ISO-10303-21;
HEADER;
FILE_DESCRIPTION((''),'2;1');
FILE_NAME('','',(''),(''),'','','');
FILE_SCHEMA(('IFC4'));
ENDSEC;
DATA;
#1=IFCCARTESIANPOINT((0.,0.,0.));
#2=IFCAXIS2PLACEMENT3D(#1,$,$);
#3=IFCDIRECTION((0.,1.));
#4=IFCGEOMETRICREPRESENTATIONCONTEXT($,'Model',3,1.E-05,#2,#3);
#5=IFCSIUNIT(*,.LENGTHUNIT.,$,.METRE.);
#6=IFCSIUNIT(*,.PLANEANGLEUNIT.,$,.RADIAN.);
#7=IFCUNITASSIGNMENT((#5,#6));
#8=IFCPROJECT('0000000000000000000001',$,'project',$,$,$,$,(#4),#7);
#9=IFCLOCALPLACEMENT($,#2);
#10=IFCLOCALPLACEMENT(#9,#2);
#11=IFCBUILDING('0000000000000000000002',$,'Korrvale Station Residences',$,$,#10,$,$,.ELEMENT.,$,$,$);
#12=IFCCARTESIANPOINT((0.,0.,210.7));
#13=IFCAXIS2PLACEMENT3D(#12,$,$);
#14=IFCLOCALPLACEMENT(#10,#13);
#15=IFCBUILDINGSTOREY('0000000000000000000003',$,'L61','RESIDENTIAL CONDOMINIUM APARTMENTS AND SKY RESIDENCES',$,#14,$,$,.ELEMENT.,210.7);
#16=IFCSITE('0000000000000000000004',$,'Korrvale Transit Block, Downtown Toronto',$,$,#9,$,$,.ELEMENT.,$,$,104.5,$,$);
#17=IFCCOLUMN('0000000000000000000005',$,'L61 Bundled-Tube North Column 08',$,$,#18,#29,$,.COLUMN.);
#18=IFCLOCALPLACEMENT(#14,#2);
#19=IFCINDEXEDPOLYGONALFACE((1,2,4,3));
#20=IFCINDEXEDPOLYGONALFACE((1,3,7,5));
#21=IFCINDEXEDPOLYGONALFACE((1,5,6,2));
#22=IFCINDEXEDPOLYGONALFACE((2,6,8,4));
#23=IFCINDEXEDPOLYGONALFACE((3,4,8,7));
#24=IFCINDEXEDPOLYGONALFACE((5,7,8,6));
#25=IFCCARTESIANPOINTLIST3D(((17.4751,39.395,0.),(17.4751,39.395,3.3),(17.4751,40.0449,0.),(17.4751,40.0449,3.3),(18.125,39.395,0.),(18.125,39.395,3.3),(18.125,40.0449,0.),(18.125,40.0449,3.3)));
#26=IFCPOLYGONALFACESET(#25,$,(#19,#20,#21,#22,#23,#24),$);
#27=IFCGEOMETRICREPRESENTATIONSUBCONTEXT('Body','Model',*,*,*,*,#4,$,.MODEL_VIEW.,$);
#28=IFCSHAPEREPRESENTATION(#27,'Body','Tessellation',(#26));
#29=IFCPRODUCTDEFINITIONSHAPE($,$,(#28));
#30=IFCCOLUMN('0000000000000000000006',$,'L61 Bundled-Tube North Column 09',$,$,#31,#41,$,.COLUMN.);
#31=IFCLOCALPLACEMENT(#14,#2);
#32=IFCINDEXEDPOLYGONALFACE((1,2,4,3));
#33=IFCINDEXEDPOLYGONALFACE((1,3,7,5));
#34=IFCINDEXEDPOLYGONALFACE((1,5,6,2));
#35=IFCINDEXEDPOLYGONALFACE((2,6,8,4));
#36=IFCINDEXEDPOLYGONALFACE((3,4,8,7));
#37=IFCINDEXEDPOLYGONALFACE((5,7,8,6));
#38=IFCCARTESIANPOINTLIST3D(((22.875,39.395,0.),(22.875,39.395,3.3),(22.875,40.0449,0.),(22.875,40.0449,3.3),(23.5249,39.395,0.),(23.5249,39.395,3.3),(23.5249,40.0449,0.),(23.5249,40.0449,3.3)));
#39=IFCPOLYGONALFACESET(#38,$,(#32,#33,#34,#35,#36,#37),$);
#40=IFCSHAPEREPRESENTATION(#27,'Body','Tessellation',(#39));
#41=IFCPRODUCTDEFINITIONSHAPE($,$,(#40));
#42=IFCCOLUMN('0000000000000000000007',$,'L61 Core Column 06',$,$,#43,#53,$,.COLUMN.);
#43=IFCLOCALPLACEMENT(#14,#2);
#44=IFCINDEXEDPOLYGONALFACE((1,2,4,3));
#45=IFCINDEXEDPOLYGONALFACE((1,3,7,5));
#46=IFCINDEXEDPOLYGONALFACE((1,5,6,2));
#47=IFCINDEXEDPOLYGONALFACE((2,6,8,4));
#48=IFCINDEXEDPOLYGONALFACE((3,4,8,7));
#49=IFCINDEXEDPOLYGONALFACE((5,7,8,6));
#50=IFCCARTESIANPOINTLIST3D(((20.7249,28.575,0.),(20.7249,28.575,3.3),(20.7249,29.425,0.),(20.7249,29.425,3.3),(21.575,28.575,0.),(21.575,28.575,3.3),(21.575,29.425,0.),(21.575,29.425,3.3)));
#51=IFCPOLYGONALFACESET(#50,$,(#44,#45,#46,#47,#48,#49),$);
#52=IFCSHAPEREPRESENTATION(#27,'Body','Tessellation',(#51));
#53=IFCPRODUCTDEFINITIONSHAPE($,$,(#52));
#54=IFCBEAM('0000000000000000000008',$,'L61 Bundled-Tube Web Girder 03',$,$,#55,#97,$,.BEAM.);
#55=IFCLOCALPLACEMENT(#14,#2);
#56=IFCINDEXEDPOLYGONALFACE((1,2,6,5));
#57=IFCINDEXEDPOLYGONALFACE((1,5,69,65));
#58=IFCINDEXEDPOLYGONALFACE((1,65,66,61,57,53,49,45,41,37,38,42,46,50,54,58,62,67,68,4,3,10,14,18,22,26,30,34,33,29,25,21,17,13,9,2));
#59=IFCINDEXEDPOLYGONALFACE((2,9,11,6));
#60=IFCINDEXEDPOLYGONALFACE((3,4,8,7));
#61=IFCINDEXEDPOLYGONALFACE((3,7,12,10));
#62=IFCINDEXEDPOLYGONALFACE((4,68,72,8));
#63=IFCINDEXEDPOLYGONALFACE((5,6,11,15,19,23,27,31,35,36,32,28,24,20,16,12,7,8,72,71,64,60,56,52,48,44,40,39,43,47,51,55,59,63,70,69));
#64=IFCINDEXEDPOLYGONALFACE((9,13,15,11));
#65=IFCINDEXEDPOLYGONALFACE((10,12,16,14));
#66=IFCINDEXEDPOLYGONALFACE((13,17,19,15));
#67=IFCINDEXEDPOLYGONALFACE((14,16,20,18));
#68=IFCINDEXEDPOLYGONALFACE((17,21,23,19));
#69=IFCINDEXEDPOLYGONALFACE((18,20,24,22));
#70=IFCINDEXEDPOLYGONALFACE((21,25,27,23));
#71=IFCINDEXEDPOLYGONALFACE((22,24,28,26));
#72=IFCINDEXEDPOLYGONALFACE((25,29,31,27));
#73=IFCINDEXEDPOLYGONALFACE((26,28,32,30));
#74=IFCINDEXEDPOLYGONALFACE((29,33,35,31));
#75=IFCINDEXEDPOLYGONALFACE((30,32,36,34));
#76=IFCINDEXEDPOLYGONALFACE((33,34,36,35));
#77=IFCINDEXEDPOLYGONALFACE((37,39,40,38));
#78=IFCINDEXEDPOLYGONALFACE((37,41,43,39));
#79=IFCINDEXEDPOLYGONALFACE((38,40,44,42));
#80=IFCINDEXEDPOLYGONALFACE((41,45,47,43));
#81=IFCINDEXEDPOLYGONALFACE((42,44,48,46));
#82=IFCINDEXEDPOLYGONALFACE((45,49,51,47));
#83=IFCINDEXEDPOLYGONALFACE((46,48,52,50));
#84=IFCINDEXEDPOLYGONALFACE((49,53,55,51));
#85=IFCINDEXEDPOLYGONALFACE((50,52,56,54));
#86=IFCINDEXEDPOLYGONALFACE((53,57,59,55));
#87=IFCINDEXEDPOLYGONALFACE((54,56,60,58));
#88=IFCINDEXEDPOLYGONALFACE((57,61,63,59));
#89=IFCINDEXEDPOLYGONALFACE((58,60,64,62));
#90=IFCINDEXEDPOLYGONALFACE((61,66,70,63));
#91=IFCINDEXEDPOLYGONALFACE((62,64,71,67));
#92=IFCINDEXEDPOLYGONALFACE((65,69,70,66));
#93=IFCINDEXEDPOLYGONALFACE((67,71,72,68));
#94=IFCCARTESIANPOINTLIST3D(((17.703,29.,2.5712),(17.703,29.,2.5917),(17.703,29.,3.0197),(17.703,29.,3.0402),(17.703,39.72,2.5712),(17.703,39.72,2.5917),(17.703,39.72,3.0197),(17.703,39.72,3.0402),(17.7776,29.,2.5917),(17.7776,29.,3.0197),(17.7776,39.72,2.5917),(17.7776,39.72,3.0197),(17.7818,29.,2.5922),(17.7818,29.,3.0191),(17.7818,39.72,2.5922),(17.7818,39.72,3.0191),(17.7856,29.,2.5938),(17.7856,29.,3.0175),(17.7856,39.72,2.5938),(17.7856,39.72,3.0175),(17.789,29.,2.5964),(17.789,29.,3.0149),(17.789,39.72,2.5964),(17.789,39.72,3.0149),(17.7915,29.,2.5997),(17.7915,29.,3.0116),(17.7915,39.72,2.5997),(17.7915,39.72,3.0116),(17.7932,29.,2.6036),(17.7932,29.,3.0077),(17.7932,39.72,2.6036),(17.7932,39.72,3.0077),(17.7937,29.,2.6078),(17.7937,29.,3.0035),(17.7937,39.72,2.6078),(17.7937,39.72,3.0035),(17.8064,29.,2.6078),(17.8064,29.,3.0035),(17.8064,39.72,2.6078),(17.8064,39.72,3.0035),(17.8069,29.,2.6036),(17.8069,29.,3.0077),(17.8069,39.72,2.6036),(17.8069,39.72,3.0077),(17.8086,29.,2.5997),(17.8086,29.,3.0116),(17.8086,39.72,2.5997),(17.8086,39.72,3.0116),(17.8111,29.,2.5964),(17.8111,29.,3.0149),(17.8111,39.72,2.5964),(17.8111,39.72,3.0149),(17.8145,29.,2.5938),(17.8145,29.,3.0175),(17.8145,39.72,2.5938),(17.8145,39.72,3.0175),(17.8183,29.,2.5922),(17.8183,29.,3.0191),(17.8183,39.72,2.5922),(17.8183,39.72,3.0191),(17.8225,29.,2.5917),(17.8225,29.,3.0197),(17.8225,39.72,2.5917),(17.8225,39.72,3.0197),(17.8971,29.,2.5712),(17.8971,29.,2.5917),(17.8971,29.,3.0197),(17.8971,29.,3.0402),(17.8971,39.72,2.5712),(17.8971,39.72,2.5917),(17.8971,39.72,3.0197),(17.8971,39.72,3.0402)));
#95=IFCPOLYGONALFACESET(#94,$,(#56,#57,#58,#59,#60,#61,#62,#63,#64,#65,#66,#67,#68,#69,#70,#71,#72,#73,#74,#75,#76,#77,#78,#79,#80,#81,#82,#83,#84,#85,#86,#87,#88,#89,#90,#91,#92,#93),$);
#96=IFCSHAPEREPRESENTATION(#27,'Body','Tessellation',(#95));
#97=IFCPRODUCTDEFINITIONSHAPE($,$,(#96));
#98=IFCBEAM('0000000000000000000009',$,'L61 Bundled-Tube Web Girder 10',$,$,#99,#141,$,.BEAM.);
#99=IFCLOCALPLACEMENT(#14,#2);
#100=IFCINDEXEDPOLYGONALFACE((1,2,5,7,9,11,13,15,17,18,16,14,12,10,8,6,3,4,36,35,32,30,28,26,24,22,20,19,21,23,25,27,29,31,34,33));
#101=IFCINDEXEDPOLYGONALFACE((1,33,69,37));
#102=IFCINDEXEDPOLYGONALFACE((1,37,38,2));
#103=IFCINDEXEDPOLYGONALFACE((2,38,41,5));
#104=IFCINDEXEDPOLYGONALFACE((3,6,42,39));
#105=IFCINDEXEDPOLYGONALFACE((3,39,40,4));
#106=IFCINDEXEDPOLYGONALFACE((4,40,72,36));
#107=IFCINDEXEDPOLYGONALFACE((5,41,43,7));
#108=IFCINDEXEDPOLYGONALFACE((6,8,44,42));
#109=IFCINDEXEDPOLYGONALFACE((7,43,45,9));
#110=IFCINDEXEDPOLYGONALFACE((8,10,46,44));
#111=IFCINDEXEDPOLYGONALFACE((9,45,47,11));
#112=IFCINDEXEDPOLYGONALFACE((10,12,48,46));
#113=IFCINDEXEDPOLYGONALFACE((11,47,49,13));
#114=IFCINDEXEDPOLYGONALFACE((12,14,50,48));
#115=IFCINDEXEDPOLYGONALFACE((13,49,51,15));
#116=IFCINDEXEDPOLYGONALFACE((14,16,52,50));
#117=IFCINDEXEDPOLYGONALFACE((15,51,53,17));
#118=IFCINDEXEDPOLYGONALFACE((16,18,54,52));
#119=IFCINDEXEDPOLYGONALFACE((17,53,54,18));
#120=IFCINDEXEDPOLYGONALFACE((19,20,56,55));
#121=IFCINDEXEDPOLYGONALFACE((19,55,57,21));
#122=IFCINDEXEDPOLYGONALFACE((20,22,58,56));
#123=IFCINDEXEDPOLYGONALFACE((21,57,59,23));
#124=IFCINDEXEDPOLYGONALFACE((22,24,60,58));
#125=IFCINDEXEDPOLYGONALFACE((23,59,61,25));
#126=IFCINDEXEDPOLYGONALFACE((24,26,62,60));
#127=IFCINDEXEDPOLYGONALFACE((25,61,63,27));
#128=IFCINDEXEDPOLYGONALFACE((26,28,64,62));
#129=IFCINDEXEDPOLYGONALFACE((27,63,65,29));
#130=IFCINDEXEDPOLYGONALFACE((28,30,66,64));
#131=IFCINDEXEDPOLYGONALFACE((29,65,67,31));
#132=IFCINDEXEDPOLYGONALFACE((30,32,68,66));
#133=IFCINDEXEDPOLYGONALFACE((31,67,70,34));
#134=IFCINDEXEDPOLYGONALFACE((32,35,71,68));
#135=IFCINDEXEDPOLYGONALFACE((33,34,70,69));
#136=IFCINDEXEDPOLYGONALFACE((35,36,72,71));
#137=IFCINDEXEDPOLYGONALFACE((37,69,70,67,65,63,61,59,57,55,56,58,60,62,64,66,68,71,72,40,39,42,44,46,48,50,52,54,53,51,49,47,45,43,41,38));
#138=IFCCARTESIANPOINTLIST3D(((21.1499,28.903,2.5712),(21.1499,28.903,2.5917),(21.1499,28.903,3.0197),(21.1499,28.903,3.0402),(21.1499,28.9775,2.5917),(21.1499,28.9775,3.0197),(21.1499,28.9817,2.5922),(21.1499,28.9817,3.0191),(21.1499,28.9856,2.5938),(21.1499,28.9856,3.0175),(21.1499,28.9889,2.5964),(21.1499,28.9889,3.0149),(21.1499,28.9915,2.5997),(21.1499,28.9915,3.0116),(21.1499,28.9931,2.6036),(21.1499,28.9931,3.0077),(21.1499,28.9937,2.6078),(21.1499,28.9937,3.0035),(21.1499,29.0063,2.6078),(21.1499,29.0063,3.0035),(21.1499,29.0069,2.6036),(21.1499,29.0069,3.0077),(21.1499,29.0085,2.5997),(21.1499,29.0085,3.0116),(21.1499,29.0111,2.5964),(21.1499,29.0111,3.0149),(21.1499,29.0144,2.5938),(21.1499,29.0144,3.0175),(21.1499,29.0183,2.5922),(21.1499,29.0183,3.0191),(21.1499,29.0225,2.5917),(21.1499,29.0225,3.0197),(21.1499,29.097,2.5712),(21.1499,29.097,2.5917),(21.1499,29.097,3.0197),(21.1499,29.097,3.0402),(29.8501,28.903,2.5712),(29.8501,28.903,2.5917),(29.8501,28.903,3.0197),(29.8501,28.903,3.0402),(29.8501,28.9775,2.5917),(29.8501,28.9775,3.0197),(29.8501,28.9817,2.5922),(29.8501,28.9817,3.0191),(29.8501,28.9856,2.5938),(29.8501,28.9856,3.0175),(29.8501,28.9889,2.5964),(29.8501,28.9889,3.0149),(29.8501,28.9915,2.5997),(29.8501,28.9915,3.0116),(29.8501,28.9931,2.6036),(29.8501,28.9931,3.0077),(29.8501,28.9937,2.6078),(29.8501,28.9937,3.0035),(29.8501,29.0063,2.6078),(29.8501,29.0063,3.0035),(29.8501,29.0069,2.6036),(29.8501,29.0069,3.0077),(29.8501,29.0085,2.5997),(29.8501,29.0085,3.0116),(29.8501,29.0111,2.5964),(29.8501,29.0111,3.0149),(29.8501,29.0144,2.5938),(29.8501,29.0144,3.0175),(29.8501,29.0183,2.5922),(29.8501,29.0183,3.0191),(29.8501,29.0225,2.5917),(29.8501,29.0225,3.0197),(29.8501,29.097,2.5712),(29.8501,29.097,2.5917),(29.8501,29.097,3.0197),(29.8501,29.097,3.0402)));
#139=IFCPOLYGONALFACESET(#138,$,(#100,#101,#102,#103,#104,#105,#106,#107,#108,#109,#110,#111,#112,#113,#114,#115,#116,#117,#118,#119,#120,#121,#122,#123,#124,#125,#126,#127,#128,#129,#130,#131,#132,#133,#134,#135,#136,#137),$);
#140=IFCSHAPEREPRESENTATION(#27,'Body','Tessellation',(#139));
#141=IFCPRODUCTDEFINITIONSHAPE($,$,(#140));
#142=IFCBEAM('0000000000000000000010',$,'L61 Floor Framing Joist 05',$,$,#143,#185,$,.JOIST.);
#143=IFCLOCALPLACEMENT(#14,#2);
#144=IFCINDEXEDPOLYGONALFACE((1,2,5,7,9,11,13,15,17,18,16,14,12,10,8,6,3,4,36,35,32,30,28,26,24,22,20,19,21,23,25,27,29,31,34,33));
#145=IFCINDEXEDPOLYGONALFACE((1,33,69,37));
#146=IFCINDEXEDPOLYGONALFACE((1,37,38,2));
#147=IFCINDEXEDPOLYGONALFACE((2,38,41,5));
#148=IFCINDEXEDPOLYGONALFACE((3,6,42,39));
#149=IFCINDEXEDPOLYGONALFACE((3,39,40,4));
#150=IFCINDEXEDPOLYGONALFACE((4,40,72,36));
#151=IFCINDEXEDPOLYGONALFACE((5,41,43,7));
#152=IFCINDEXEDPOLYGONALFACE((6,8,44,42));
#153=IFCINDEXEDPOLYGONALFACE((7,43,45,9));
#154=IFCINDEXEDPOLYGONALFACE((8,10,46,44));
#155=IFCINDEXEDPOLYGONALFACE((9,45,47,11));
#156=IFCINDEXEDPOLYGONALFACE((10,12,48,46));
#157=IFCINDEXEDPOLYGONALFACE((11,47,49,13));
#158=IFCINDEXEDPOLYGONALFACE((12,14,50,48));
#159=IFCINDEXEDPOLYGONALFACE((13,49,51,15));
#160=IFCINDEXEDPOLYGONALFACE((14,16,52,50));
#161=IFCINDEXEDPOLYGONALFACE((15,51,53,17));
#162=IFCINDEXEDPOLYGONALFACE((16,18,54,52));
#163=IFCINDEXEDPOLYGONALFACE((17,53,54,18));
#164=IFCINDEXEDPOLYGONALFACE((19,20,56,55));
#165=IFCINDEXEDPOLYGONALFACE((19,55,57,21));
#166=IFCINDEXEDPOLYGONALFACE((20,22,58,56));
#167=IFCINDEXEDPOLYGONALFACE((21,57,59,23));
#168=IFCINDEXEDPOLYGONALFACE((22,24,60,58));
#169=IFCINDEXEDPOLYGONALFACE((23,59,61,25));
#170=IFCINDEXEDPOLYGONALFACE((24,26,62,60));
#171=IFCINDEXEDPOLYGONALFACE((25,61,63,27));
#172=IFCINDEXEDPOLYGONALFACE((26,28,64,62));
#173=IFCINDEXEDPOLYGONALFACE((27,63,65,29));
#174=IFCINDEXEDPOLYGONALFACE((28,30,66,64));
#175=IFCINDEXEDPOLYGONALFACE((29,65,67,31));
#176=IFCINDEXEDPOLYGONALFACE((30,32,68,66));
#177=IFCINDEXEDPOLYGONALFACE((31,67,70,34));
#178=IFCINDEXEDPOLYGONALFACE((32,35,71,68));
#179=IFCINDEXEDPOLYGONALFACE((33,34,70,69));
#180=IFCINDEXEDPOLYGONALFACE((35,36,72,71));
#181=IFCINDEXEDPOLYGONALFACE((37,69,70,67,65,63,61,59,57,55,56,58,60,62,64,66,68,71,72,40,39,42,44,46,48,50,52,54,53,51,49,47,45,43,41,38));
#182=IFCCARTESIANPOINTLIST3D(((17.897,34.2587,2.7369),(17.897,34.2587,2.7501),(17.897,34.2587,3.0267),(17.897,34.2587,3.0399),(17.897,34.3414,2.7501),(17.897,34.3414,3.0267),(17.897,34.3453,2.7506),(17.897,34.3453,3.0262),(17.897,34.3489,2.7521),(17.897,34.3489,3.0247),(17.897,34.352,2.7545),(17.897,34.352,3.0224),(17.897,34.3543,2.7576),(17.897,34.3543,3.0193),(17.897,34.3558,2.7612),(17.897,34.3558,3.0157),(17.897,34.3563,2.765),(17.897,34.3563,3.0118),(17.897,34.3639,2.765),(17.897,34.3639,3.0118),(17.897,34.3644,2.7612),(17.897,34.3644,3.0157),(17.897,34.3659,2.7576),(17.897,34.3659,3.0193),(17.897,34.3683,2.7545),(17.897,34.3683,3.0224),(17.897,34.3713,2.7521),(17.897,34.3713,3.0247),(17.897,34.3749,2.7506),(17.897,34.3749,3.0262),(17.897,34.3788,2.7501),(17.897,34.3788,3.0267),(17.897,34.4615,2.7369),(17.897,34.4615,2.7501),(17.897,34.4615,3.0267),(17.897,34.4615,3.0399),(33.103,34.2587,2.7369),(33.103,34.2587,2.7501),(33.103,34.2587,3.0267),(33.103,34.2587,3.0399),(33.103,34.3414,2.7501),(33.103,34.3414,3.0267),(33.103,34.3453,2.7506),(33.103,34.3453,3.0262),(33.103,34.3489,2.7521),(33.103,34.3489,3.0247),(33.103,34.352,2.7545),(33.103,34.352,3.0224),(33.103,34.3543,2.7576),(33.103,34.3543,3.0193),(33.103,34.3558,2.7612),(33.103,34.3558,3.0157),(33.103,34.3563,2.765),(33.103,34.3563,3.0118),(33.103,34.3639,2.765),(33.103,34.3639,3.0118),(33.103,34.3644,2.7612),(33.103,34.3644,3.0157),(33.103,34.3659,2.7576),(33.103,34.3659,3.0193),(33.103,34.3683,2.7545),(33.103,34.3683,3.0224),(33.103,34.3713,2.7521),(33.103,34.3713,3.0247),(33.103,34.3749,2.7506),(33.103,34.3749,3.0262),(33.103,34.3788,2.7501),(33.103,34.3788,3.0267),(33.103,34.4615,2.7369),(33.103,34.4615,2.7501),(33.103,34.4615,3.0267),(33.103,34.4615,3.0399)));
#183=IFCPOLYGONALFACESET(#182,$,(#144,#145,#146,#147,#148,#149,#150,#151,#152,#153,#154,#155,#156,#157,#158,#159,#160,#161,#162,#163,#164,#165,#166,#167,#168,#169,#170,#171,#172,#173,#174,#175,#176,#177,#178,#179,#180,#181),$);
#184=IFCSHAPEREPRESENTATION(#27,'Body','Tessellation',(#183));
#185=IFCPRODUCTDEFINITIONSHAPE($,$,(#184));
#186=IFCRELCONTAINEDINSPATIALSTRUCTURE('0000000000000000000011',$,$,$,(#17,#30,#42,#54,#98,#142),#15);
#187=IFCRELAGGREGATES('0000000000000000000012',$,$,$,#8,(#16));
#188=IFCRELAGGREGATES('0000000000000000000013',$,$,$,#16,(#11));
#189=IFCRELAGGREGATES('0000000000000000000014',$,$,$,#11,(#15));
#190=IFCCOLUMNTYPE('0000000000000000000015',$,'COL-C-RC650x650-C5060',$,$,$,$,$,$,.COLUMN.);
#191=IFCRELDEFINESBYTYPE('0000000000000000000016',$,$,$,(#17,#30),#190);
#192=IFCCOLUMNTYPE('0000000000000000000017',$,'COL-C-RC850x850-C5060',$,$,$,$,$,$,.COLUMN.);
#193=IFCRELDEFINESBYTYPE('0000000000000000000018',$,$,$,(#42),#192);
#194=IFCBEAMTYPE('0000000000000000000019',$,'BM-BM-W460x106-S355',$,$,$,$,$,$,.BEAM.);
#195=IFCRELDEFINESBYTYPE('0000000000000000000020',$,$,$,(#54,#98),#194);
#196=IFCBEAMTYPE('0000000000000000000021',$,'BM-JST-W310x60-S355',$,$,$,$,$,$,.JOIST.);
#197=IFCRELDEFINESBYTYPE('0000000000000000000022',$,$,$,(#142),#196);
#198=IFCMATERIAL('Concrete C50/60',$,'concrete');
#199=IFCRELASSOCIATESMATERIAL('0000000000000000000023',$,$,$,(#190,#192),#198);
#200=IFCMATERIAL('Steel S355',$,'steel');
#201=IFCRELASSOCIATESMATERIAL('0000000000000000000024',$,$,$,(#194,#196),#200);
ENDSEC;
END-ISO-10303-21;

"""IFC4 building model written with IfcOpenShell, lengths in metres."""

from ifc_helpers import new_model, si_unit, direction, frame, origin, origin_2d, place, context, subcontext, project, spatial, rectangle, i_section, extrude, material, material_profile, profile_set, type_object, element, save


model = new_model("IFC4")

# Units and contexts
model_context = context("Model", 3, precision=1e-05, world=origin(), true_north=direction((0.0, 1.0)))
body_context = subcontext(model_context, "Body", "Model", "MODEL_VIEW")
ifc_project = project(units=[si_unit("LENGTHUNIT", "METRE"), si_unit("PLANEANGLEUNIT", "RADIAN")], contexts=[model_context])

# Site, building, storey
site_placement = place(None, origin())
site = spatial("IfcSite", under=ifc_project, at=site_placement, Name="Korrvale Transit Block, Downtown Toronto", CompositionType="ELEMENT", RefElevation=104.5)
building_placement = place(site_placement, origin())
building = spatial("IfcBuilding", under=site, at=building_placement, Name="Korrvale Station Residences", CompositionType="ELEMENT")
storey_placement = place(building_placement, frame((0.0, 0.0, 210.7)))
storey = spatial("IfcBuildingStorey", under=building, at=storey_placement, Name="L61", Description="RESIDENTIAL CONDOMINIUM APARTMENTS AND SKY RESIDENCES", CompositionType="ELEMENT", Elevation=210.7)

# Columns
ifc_material_1 = material(Name="Concrete C50/60", Category="concrete")
ifc_material_profile_1 = material_profile(ifc_material_1, rectangle(XDim=0.6499, YDim=0.6499, at=origin_2d()), Name="RC650x650")
ifc_profile_set_1 = profile_set([ifc_material_profile_1], Name="Concrete C50/60")
column_type_1 = type_object("IfcColumnType", Name="COL-C-RC650x650-C5060", PredefinedType="COLUMN", material=ifc_profile_set_1)
for number, where, z_axis, x_axis, name in (
    (1, (17.8, 39.72, 0.0), (0.0, 0.0, 1.0), (1.0, 0.0, 0.0), "L61 Bundled-Tube North Column 08"),
    (2, (23.2, 39.72, 0.0), (0.0, 0.0, 1.0), (1.0, 0.0, 0.0), "L61 Bundled-Tube North Column 09"),
):
    element("IfcColumn", number, at=place(storey_placement, frame(where, z_axis=z_axis, x_axis=x_axis)), inside=storey, type_object=column_type_1, Name=name, PredefinedType="COLUMN", context=body_context, shape_type="SweptSolid", body=[
        extrude(rectangle(XDim=0.6499, YDim=0.6499, at=origin_2d()), origin(), (0.0, 0.0, 1.0), 3.3),
    ])
ifc_material_profile_2 = material_profile(ifc_material_1, rectangle(XDim=0.8501, YDim=0.8501, at=origin_2d()), Name="RC850x850")
ifc_profile_set_2 = profile_set([ifc_material_profile_2], Name="Concrete C50/60")
column_type_2 = type_object("IfcColumnType", Name="COL-C-RC850x850-C5060", PredefinedType="COLUMN", material=ifc_profile_set_2)
column_placement = place(storey_placement, frame((21.1499, 29.0, 0.0), z_axis=(0.0, 0.0, 1.0), x_axis=(1.0, 0.0, 0.0)))
element("IfcColumn", 3, at=column_placement, inside=storey, type_object=column_type_2, Name="L61 Core Column 06", PredefinedType="COLUMN", context=body_context, shape_type="SweptSolid", body=[
    extrude(rectangle(XDim=0.8501, YDim=0.8501, at=origin_2d()), origin(), (0.0, 0.0, 1.0), 3.3),
])

# Beams
ifc_material_2 = material(Name="Steel S355", Category="steel")
ifc_material_profile_3 = material_profile(ifc_material_2, i_section(OverallWidth=0.1941, OverallDepth=0.469, WebThickness=0.0127, FlangeThickness=0.0205, FilletRadius=0.0161, at=origin_2d()), Name="W460x106")
ifc_profile_set_3 = profile_set([ifc_material_profile_3], Name="Steel S355")
beam_type_1 = type_object("IfcBeamType", Name="BM-BM-W460x106-S355", PredefinedType="BEAM", material=ifc_profile_set_3)
beam_1_placement = place(storey_placement, frame((17.8, 29.0, 2.8057), z_axis=(0.0, 1.0, 0.0), x_axis=(-1.0, 0.0, 0.0)))
element("IfcBeam", 4, at=beam_1_placement, inside=storey, type_object=beam_type_1, Name="L61 Bundled-Tube Web Girder 03", PredefinedType="BEAM", context=body_context, shape_type="SweptSolid", body=[
    extrude(i_section(OverallWidth=0.1941, OverallDepth=0.469, WebThickness=0.0127, FlangeThickness=0.0205, FilletRadius=0.0161, at=origin_2d()), origin(), (0.0, 0.0, 1.0), 10.72),
])
beam_2_placement = place(storey_placement, frame((21.1499, 29.0, 2.8057), z_axis=(1.0, 0.0, 0.0), x_axis=(0.0, 1.0, 0.0)))
element("IfcBeam", 5, at=beam_2_placement, inside=storey, type_object=beam_type_1, Name="L61 Bundled-Tube Web Girder 10", PredefinedType="BEAM", context=body_context, shape_type="SweptSolid", body=[
    extrude(i_section(OverallWidth=0.1941, OverallDepth=0.469, WebThickness=0.0127, FlangeThickness=0.0205, FilletRadius=0.0161, at=origin_2d()), origin(), (0.0, 0.0, 1.0), 8.7002),
])
ifc_material_profile_4 = material_profile(ifc_material_2, i_section(OverallWidth=0.2029, OverallDepth=0.303, WebThickness=0.0076, FlangeThickness=0.0132, FilletRadius=0.0149, at=origin_2d()), Name="W310x60")
ifc_profile_set_4 = profile_set([ifc_material_profile_4], Name="Steel S355")
beam_type_2 = type_object("IfcBeamType", Name="BM-JST-W310x60-S355", PredefinedType="JOIST", material=ifc_profile_set_4)
beam_3_placement = place(storey_placement, frame((17.897, 34.3601, 2.8884), z_axis=(1.0, 0.0, 0.0), x_axis=(0.0, 1.0, 0.0)))
element("IfcBeam", 6, at=beam_3_placement, inside=storey, type_object=beam_type_2, Name="L61 Floor Framing Joist 05", PredefinedType="JOIST", context=body_context, shape_type="SweptSolid", body=[
    extrude(i_section(OverallWidth=0.2029, OverallDepth=0.303, WebThickness=0.0076, FlangeThickness=0.0132, FilletRadius=0.0149, at=origin_2d()), origin(), (0.0, 0.0, 1.0), 15.2061),
])

save(model, "model.ifc")
